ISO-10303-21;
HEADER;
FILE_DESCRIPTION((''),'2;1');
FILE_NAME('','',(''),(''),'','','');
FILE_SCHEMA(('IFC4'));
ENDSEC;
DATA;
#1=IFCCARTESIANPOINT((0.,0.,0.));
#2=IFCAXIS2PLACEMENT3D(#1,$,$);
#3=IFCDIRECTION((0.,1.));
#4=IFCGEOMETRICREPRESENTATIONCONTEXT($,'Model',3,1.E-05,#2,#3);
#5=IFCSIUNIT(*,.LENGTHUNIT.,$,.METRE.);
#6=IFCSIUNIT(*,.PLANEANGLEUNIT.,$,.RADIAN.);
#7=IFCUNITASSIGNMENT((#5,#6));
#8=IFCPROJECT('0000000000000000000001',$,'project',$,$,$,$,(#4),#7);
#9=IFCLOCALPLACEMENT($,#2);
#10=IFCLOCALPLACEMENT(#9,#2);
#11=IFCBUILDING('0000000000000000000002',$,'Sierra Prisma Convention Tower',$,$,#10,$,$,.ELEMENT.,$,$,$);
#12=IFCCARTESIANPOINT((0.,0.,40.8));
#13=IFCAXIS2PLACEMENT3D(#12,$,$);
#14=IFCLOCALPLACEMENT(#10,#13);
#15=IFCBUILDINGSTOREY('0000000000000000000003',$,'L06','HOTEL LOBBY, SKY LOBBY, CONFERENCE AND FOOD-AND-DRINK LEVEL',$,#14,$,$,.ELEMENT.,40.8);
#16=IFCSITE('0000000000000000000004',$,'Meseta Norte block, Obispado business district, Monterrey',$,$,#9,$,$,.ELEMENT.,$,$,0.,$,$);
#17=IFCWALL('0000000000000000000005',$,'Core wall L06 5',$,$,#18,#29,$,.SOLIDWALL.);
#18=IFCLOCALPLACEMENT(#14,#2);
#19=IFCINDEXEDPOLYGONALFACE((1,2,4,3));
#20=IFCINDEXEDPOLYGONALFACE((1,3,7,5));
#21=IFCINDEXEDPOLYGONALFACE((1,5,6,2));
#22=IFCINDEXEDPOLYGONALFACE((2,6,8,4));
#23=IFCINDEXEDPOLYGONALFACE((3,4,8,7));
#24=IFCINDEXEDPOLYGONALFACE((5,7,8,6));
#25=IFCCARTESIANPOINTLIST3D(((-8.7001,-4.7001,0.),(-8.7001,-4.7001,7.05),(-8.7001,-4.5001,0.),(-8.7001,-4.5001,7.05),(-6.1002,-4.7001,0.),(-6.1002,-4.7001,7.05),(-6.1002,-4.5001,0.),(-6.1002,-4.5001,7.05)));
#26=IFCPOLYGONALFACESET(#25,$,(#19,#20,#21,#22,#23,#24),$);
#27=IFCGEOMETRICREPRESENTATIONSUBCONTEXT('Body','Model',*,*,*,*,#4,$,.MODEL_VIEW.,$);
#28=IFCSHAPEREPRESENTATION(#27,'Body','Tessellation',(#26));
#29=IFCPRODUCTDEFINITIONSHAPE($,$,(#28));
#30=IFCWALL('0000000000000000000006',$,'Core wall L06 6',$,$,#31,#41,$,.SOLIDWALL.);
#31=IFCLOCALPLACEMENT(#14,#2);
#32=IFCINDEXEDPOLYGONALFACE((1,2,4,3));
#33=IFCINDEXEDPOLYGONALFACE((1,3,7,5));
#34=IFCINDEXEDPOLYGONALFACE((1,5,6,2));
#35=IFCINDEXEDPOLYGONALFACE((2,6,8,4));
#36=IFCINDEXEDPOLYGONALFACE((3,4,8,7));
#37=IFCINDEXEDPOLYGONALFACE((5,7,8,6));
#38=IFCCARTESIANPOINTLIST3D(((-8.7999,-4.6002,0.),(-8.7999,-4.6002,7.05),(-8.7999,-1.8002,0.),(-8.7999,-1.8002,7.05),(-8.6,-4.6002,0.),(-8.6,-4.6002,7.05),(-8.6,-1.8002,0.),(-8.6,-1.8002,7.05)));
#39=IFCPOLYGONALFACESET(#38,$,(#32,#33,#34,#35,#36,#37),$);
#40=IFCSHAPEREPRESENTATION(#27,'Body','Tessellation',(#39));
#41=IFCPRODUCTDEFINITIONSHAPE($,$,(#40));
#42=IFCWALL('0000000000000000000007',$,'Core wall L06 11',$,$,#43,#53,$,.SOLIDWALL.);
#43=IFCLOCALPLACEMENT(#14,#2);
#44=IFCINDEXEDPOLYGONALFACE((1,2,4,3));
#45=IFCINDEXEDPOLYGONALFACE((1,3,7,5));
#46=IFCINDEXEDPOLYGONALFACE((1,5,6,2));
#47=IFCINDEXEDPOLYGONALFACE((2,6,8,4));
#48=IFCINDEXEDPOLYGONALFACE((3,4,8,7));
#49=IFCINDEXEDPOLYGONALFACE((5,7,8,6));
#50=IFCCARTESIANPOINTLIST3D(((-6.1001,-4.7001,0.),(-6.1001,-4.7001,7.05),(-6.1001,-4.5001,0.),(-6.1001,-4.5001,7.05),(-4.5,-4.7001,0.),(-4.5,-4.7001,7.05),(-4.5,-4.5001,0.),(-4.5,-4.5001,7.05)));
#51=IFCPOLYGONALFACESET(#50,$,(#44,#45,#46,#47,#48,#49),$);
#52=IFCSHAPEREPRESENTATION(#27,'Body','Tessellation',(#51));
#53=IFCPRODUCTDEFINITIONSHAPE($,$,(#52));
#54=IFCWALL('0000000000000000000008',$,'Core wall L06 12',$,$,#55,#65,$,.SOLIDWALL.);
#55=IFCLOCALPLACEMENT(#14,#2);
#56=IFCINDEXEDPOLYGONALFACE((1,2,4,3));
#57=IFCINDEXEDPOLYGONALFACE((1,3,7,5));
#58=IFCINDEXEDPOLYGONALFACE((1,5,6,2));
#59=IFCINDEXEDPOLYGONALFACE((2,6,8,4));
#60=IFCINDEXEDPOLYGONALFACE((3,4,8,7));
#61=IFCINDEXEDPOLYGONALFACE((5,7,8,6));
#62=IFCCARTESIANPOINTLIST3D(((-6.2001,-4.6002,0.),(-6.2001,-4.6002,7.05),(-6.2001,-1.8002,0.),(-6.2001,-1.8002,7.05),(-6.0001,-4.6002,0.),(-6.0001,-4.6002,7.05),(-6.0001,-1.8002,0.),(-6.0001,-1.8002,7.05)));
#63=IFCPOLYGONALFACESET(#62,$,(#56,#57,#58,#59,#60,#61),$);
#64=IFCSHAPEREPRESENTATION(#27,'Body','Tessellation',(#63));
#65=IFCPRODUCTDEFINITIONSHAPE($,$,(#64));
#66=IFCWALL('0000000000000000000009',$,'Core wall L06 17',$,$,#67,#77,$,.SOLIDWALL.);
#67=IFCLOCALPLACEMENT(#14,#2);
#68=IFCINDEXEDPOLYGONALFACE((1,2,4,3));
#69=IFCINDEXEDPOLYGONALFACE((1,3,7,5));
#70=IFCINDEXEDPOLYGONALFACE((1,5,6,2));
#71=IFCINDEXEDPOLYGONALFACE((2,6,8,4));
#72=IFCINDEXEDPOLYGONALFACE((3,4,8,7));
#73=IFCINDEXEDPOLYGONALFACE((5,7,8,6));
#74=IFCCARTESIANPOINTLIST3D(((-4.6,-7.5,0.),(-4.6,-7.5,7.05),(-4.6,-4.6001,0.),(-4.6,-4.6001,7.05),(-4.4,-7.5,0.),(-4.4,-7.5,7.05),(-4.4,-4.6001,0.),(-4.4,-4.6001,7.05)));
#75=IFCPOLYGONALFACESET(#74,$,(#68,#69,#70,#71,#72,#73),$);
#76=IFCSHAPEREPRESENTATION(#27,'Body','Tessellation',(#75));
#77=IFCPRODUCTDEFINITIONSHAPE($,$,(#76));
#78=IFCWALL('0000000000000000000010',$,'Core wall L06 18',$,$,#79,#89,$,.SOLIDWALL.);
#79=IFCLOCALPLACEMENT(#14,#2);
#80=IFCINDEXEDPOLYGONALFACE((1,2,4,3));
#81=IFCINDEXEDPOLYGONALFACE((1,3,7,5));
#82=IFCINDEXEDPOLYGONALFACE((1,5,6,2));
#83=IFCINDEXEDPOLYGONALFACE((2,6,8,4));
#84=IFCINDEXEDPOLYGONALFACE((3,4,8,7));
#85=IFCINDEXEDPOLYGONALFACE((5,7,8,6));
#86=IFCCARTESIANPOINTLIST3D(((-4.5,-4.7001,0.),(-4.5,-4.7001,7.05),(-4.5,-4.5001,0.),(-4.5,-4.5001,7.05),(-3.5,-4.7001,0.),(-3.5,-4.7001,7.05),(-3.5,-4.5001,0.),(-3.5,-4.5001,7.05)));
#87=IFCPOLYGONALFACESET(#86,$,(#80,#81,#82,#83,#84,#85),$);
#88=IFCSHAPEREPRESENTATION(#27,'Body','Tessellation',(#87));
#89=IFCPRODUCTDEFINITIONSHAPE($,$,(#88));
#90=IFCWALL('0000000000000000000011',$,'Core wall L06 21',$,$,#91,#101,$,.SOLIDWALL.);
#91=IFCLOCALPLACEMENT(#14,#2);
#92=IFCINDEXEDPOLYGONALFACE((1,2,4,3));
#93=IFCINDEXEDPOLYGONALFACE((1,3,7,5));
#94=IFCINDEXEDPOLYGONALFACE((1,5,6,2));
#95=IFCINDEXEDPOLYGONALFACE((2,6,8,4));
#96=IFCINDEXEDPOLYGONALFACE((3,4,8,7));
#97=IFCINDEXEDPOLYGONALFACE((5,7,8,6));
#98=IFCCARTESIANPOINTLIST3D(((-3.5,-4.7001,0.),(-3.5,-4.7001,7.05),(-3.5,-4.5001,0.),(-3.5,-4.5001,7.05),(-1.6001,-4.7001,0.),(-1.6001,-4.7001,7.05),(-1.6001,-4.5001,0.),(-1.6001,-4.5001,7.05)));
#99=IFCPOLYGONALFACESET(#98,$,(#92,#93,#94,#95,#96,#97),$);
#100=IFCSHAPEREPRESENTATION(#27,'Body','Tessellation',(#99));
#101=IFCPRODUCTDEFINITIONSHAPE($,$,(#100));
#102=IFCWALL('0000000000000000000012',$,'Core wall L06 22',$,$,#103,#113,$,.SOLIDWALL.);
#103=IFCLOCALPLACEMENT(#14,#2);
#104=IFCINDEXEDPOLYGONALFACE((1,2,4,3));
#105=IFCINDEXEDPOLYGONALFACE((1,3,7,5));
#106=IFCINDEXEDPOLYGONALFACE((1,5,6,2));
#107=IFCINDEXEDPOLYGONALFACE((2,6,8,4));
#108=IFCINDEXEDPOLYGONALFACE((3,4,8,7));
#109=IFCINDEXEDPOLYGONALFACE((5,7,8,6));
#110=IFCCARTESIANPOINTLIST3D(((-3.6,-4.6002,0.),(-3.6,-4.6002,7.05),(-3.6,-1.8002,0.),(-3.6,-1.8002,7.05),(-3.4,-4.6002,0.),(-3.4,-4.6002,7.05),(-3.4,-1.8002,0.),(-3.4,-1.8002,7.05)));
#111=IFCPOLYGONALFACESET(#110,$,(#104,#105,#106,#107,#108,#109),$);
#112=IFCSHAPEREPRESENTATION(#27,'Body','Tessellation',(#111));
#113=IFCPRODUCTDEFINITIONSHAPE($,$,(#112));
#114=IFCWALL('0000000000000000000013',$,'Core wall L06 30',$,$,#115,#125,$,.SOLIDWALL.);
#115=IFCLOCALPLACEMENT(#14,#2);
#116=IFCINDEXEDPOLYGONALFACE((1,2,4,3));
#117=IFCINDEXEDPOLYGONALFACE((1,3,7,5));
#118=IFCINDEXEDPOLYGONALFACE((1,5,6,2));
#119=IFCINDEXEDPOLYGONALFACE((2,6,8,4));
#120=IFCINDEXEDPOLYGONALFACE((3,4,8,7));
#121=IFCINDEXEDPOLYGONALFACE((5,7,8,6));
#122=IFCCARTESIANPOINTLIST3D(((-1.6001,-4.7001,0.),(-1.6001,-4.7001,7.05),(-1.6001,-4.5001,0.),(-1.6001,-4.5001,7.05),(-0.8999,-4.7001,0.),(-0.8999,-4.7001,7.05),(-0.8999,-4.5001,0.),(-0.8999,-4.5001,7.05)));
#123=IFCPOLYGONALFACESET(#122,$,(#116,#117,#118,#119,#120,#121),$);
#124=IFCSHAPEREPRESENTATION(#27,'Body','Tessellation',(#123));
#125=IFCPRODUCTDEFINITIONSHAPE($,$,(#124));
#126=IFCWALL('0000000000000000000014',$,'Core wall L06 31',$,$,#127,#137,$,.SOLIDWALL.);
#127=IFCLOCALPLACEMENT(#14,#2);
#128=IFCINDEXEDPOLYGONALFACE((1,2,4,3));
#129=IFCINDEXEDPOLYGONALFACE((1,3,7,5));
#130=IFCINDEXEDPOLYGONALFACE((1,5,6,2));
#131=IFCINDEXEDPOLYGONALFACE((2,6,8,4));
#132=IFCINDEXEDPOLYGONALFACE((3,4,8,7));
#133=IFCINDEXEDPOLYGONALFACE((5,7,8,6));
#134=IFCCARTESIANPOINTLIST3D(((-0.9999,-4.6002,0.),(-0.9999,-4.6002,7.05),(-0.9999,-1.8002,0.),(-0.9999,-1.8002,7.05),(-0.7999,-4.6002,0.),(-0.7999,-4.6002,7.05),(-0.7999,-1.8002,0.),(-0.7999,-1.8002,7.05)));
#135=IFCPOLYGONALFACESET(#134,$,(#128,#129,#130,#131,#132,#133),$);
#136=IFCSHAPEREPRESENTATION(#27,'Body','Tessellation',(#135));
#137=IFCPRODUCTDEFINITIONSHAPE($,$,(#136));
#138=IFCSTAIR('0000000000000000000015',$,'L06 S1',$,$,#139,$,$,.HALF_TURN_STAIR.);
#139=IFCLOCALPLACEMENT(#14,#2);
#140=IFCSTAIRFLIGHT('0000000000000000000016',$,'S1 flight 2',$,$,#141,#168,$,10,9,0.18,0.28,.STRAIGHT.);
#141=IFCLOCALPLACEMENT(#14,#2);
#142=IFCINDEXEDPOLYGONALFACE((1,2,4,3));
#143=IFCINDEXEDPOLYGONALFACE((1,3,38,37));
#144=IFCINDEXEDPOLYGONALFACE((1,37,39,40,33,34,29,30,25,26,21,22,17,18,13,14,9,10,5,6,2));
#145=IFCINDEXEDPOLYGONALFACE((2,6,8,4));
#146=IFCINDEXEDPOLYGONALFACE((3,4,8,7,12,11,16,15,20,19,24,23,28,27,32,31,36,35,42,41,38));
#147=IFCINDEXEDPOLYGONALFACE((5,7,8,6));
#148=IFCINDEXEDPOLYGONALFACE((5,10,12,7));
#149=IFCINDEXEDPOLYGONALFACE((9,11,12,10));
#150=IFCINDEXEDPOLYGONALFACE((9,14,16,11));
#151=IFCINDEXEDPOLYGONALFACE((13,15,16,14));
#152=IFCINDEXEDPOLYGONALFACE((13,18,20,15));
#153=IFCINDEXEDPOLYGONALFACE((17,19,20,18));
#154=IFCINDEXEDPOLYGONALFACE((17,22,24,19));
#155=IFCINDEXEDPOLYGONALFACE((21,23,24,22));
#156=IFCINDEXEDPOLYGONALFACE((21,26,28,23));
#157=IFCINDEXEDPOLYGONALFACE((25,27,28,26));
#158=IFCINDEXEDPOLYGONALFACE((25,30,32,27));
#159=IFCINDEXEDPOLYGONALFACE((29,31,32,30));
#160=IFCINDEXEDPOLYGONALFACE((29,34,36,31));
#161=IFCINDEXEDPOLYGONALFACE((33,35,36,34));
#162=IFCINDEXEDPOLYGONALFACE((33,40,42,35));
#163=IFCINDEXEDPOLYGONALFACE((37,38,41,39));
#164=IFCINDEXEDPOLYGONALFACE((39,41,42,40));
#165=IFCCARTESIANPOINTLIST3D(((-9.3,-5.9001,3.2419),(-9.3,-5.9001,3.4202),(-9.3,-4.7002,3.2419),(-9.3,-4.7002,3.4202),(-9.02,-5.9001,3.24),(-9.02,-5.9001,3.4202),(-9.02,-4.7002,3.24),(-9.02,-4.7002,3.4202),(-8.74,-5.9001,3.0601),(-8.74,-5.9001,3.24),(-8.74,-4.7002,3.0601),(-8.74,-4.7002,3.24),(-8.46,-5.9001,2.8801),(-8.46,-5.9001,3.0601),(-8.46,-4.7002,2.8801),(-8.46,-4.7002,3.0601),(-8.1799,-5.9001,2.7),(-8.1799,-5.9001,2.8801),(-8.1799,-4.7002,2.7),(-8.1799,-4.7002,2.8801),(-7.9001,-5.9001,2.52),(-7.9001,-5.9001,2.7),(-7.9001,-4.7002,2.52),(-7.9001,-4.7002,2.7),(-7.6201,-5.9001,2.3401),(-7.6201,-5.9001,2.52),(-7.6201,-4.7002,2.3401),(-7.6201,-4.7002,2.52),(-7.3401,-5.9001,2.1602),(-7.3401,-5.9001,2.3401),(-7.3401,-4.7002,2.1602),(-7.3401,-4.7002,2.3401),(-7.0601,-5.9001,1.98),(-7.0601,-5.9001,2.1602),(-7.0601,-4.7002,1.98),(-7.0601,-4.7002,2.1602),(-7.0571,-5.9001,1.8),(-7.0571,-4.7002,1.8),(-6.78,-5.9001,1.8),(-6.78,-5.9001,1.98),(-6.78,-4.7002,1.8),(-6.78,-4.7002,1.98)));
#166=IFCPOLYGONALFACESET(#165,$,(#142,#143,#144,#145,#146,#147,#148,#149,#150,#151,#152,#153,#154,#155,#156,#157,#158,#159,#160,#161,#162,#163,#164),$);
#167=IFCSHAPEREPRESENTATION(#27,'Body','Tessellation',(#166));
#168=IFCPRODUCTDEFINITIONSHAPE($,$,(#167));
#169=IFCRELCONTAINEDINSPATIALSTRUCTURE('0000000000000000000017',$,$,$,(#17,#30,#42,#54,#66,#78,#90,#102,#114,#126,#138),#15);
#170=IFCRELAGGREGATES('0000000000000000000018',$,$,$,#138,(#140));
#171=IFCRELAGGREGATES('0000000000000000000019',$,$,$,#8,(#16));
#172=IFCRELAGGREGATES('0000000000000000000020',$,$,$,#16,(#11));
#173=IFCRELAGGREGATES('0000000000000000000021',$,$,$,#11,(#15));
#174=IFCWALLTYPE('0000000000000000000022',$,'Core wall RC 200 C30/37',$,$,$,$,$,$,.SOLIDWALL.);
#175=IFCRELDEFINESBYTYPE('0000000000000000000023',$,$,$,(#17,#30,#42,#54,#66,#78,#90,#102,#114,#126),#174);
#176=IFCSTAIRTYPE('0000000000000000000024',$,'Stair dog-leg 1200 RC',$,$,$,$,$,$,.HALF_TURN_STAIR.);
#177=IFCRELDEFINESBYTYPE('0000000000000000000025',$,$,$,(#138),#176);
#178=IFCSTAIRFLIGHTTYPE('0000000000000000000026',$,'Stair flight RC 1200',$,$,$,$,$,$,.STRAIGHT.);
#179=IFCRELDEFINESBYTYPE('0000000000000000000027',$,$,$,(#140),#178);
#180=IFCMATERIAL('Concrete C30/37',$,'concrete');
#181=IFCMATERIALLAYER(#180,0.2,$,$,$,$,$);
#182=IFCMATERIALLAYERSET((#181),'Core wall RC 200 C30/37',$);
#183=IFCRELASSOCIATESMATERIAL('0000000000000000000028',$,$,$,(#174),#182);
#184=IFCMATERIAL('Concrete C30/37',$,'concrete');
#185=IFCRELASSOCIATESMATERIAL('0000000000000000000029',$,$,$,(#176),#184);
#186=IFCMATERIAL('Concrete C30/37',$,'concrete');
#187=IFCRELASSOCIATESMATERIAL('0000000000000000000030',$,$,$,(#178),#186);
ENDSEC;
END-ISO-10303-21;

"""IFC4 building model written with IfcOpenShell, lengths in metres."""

from ifc_helpers import new_model, si_unit, direction, frame, frame_2d, origin, place, context, subcontext, project, spatial, polyline, rectangle, outline, extrude, material, layer, layer_set, type_object, element, aggregate, save


model = new_model("IFC4")

# Units and contexts
model_context = context("Model", 3, precision=1e-05, world=origin(), true_north=direction((0.0, 1.0)))
body_context = subcontext(model_context, "Body", "Model", "MODEL_VIEW")
ifc_project = project(units=[si_unit("LENGTHUNIT", "METRE"), si_unit("PLANEANGLEUNIT", "RADIAN")], contexts=[model_context])

# Site, building, storey
site_placement = place(None, origin())
site = spatial("IfcSite", under=ifc_project, at=site_placement, Name="Meseta Norte block, Obispado business district, Monterrey", CompositionType="ELEMENT", RefElevation=0.0)
building_placement = place(site_placement, origin())
building = spatial("IfcBuilding", under=site, at=building_placement, Name="Sierra Prisma Convention Tower", CompositionType="ELEMENT")
storey_placement = place(building_placement, frame((0.0, 0.0, 40.8)))
storey = spatial("IfcBuildingStorey", under=building, at=storey_placement, Name="L06", Description="HOTEL LOBBY, SKY LOBBY, CONFERENCE AND FOOD-AND-DRINK LEVEL", CompositionType="ELEMENT", Elevation=40.8)

# Shared definitions
ifc_material_1 = material(Name="Concrete C30/37", Category="concrete")
ifc_layer = layer(ifc_material_1, 0.2)
ifc_layer_set = layer_set([ifc_layer], Name="Core wall RC 200 C30/37")
wall_type = type_object("IfcWallType", Name="Core wall RC 200 C30/37", PredefinedType="SOLIDWALL", material=ifc_layer_set)

# Walls
wall_1_placement = place(storey_placement, frame((-8.7, -4.6001, 0.0), z_axis=(0.0, 0.0, 1.0), x_axis=(1.0, 0.0, 0.0)))
element("IfcWall", 1, at=wall_1_placement, inside=storey, type_object=wall_type, Name="Core wall L06 5", PredefinedType="SOLIDWALL", context=body_context, shape_type="SweptSolid", body=[
    extrude(rectangle(XDim=2.5999, YDim=0.2, at=frame_2d((1.2998, 0.0))), origin(), (0.0, 0.0, 1.0), 7.05),
])
wall_2_placement = place(storey_placement, frame((-8.7, -4.6001, 0.0), z_axis=(0.0, 0.0, 1.0), x_axis=(0.0, 1.0, 0.0)))
element("IfcWall", 2, at=wall_2_placement, inside=storey, type_object=wall_type, Name="Core wall L06 6", PredefinedType="SOLIDWALL", context=body_context, shape_type="SweptSolid", body=[
    extrude(rectangle(XDim=2.8, YDim=0.2, at=frame_2d((1.3999, 0.0))), origin(), (0.0, 0.0, 1.0), 7.05),
])

# Walls
wall_3_placement = place(storey_placement, frame((-6.1001, -4.6001, 0.0), z_axis=(0.0, 0.0, 1.0), x_axis=(1.0, 0.0, 0.0)))
element("IfcWall", 3, at=wall_3_placement, inside=storey, type_object=wall_type, Name="Core wall L06 11", PredefinedType="SOLIDWALL", context=body_context, shape_type="SweptSolid", body=[
    extrude(rectangle(XDim=1.6001, YDim=0.2, at=frame_2d((0.8, 0.0))), origin(), (0.0, 0.0, 1.0), 7.05),
])
wall_4_placement = place(storey_placement, frame((-6.1001, -4.6001, 0.0), z_axis=(0.0, 0.0, 1.0), x_axis=(0.0, 1.0, 0.0)))
element("IfcWall", 4, at=wall_4_placement, inside=storey, type_object=wall_type, Name="Core wall L06 12", PredefinedType="SOLIDWALL", context=body_context, shape_type="SweptSolid", body=[
    extrude(rectangle(XDim=2.8, YDim=0.2, at=frame_2d((1.3999, 0.0))), origin(), (0.0, 0.0, 1.0), 7.05),
])

# Walls
wall_5_placement = place(storey_placement, frame((-4.5, -4.6001, 0.0), z_axis=(0.0, 0.0, 1.0), x_axis=(0.0, -1.0, 0.0)))
element("IfcWall", 5, at=wall_5_placement, inside=storey, type_object=wall_type, Name="Core wall L06 17", PredefinedType="SOLIDWALL", context=body_context, shape_type="SweptSolid", body=[
    extrude(rectangle(XDim=2.8999, YDim=0.2, at=frame_2d((1.45, 0.0))), origin(), (0.0, 0.0, 1.0), 7.05),
])
wall_6_placement = place(storey_placement, frame((-4.5, -4.6001, 0.0), z_axis=(0.0, 0.0, 1.0), x_axis=(1.0, 0.0, 0.0)))
element("IfcWall", 6, at=wall_6_placement, inside=storey, type_object=wall_type, Name="Core wall L06 18", PredefinedType="SOLIDWALL", context=body_context, shape_type="SweptSolid", body=[
    extrude(rectangle(XDim=1.0, YDim=0.2, at=frame_2d((0.5, 0.0))), origin(), (0.0, 0.0, 1.0), 7.05),
])
wall_7_placement = place(storey_placement, frame((-3.5, -4.6001, 0.0), z_axis=(0.0, 0.0, 1.0), x_axis=(1.0, 0.0, 0.0)))
element("IfcWall", 7, at=wall_7_placement, inside=storey, type_object=wall_type, Name="Core wall L06 21", PredefinedType="SOLIDWALL", context=body_context, shape_type="SweptSolid", body=[
    extrude(rectangle(XDim=1.8999, YDim=0.2, at=frame_2d((0.95, 0.0))), origin(), (0.0, 0.0, 1.0), 7.05),
])
wall_8_placement = place(storey_placement, frame((-3.5, -4.6001, 0.0), z_axis=(0.0, 0.0, 1.0), x_axis=(0.0, 1.0, 0.0)))
element("IfcWall", 8, at=wall_8_placement, inside=storey, type_object=wall_type, Name="Core wall L06 22", PredefinedType="SOLIDWALL", context=body_context, shape_type="SweptSolid", body=[
    extrude(rectangle(XDim=2.8, YDim=0.2, at=frame_2d((1.3999, 0.0))), origin(), (0.0, 0.0, 1.0), 7.05),
])

# Walls
wall_9_placement = place(storey_placement, frame((-1.6001, -4.6001, 0.0), z_axis=(0.0, 0.0, 1.0), x_axis=(1.0, 0.0, 0.0)))
element("IfcWall", 9, at=wall_9_placement, inside=storey, type_object=wall_type, Name="Core wall L06 30", PredefinedType="SOLIDWALL", context=body_context, shape_type="SweptSolid", body=[
    extrude(rectangle(XDim=0.7002, YDim=0.2, at=frame_2d((0.3501, 0.0))), origin(), (0.0, 0.0, 1.0), 7.05),
])
wall_10_placement = place(storey_placement, frame((-0.8999, -4.6001, 0.0), z_axis=(0.0, 0.0, 1.0), x_axis=(0.0, 1.0, 0.0)))
element("IfcWall", 10, at=wall_10_placement, inside=storey, type_object=wall_type, Name="Core wall L06 31", PredefinedType="SOLIDWALL", context=body_context, shape_type="SweptSolid", body=[
    extrude(rectangle(XDim=2.8, YDim=0.2, at=frame_2d((1.3999, 0.0))), origin(), (0.0, 0.0, 1.0), 7.05),
])

# Stair, stair flight
ifc_material_2 = material(Name="Concrete C30/37", Category="concrete")
stair_type = type_object("IfcStairType", Name="Stair dog-leg 1200 RC", PredefinedType="HALF_TURN_STAIR", material=ifc_material_2)
stair_placement = place(storey_placement, origin())
stair = element("IfcStair", 11, at=stair_placement, inside=storey, type_object=stair_type, Name="L06 S1", PredefinedType="HALF_TURN_STAIR")
ifc_material_3 = material(Name="Concrete C30/37", Category="concrete")
stair_flight_type = type_object("IfcStairFlightType", Name="Stair flight RC 1200", PredefinedType="STRAIGHT", material=ifc_material_3)
stair_flight_1_placement = place(storey_placement, frame((-6.78, -5.3, 1.8), z_axis=(0.0, 0.0, 1.0), x_axis=(-1.0, 0.0, 0.0)))
stair_flight_1 = element("IfcStairFlight", 12, at=stair_flight_1_placement, type_object=stair_flight_type, Name="S1 flight 2", NumberOfRisers=10, NumberOfTreads=9, PredefinedType="STRAIGHT", RiserHeight=0.18, TreadLength=0.28, context=body_context, shape_type="SweptSolid", body=[
    extrude(outline(polyline([(0.0, 0.0), (0.0, 0.1799), (0.28, 0.1799), (0.28, 0.3601), (0.5601, 0.3601), (0.5601, 0.54), (0.8401, 0.54), (0.8401, 0.72), (1.1201, 0.72), (1.1201, 0.8999), (1.3999, 0.8999), (1.3999, 1.0801), (1.6799, 1.0801), (1.6799, 1.26), (1.96, 1.26), (1.96, 1.4399), (2.24, 1.4399), (2.24, 1.6201), (2.52, 1.6201), (2.52, 1.8), (2.52, 1.4419), (0.2771, 0.0), (0.0, 0.0)])), frame((0.0, 0.6001, 0.0), z_axis=(0.0, -1.0, 0.0), x_axis=(1.0, 0.0, 0.0)), (0.0, 0.0, 1.0), 1.2),
])
aggregate(stair, [stair_flight_1])

save(model, "model.ifc")
